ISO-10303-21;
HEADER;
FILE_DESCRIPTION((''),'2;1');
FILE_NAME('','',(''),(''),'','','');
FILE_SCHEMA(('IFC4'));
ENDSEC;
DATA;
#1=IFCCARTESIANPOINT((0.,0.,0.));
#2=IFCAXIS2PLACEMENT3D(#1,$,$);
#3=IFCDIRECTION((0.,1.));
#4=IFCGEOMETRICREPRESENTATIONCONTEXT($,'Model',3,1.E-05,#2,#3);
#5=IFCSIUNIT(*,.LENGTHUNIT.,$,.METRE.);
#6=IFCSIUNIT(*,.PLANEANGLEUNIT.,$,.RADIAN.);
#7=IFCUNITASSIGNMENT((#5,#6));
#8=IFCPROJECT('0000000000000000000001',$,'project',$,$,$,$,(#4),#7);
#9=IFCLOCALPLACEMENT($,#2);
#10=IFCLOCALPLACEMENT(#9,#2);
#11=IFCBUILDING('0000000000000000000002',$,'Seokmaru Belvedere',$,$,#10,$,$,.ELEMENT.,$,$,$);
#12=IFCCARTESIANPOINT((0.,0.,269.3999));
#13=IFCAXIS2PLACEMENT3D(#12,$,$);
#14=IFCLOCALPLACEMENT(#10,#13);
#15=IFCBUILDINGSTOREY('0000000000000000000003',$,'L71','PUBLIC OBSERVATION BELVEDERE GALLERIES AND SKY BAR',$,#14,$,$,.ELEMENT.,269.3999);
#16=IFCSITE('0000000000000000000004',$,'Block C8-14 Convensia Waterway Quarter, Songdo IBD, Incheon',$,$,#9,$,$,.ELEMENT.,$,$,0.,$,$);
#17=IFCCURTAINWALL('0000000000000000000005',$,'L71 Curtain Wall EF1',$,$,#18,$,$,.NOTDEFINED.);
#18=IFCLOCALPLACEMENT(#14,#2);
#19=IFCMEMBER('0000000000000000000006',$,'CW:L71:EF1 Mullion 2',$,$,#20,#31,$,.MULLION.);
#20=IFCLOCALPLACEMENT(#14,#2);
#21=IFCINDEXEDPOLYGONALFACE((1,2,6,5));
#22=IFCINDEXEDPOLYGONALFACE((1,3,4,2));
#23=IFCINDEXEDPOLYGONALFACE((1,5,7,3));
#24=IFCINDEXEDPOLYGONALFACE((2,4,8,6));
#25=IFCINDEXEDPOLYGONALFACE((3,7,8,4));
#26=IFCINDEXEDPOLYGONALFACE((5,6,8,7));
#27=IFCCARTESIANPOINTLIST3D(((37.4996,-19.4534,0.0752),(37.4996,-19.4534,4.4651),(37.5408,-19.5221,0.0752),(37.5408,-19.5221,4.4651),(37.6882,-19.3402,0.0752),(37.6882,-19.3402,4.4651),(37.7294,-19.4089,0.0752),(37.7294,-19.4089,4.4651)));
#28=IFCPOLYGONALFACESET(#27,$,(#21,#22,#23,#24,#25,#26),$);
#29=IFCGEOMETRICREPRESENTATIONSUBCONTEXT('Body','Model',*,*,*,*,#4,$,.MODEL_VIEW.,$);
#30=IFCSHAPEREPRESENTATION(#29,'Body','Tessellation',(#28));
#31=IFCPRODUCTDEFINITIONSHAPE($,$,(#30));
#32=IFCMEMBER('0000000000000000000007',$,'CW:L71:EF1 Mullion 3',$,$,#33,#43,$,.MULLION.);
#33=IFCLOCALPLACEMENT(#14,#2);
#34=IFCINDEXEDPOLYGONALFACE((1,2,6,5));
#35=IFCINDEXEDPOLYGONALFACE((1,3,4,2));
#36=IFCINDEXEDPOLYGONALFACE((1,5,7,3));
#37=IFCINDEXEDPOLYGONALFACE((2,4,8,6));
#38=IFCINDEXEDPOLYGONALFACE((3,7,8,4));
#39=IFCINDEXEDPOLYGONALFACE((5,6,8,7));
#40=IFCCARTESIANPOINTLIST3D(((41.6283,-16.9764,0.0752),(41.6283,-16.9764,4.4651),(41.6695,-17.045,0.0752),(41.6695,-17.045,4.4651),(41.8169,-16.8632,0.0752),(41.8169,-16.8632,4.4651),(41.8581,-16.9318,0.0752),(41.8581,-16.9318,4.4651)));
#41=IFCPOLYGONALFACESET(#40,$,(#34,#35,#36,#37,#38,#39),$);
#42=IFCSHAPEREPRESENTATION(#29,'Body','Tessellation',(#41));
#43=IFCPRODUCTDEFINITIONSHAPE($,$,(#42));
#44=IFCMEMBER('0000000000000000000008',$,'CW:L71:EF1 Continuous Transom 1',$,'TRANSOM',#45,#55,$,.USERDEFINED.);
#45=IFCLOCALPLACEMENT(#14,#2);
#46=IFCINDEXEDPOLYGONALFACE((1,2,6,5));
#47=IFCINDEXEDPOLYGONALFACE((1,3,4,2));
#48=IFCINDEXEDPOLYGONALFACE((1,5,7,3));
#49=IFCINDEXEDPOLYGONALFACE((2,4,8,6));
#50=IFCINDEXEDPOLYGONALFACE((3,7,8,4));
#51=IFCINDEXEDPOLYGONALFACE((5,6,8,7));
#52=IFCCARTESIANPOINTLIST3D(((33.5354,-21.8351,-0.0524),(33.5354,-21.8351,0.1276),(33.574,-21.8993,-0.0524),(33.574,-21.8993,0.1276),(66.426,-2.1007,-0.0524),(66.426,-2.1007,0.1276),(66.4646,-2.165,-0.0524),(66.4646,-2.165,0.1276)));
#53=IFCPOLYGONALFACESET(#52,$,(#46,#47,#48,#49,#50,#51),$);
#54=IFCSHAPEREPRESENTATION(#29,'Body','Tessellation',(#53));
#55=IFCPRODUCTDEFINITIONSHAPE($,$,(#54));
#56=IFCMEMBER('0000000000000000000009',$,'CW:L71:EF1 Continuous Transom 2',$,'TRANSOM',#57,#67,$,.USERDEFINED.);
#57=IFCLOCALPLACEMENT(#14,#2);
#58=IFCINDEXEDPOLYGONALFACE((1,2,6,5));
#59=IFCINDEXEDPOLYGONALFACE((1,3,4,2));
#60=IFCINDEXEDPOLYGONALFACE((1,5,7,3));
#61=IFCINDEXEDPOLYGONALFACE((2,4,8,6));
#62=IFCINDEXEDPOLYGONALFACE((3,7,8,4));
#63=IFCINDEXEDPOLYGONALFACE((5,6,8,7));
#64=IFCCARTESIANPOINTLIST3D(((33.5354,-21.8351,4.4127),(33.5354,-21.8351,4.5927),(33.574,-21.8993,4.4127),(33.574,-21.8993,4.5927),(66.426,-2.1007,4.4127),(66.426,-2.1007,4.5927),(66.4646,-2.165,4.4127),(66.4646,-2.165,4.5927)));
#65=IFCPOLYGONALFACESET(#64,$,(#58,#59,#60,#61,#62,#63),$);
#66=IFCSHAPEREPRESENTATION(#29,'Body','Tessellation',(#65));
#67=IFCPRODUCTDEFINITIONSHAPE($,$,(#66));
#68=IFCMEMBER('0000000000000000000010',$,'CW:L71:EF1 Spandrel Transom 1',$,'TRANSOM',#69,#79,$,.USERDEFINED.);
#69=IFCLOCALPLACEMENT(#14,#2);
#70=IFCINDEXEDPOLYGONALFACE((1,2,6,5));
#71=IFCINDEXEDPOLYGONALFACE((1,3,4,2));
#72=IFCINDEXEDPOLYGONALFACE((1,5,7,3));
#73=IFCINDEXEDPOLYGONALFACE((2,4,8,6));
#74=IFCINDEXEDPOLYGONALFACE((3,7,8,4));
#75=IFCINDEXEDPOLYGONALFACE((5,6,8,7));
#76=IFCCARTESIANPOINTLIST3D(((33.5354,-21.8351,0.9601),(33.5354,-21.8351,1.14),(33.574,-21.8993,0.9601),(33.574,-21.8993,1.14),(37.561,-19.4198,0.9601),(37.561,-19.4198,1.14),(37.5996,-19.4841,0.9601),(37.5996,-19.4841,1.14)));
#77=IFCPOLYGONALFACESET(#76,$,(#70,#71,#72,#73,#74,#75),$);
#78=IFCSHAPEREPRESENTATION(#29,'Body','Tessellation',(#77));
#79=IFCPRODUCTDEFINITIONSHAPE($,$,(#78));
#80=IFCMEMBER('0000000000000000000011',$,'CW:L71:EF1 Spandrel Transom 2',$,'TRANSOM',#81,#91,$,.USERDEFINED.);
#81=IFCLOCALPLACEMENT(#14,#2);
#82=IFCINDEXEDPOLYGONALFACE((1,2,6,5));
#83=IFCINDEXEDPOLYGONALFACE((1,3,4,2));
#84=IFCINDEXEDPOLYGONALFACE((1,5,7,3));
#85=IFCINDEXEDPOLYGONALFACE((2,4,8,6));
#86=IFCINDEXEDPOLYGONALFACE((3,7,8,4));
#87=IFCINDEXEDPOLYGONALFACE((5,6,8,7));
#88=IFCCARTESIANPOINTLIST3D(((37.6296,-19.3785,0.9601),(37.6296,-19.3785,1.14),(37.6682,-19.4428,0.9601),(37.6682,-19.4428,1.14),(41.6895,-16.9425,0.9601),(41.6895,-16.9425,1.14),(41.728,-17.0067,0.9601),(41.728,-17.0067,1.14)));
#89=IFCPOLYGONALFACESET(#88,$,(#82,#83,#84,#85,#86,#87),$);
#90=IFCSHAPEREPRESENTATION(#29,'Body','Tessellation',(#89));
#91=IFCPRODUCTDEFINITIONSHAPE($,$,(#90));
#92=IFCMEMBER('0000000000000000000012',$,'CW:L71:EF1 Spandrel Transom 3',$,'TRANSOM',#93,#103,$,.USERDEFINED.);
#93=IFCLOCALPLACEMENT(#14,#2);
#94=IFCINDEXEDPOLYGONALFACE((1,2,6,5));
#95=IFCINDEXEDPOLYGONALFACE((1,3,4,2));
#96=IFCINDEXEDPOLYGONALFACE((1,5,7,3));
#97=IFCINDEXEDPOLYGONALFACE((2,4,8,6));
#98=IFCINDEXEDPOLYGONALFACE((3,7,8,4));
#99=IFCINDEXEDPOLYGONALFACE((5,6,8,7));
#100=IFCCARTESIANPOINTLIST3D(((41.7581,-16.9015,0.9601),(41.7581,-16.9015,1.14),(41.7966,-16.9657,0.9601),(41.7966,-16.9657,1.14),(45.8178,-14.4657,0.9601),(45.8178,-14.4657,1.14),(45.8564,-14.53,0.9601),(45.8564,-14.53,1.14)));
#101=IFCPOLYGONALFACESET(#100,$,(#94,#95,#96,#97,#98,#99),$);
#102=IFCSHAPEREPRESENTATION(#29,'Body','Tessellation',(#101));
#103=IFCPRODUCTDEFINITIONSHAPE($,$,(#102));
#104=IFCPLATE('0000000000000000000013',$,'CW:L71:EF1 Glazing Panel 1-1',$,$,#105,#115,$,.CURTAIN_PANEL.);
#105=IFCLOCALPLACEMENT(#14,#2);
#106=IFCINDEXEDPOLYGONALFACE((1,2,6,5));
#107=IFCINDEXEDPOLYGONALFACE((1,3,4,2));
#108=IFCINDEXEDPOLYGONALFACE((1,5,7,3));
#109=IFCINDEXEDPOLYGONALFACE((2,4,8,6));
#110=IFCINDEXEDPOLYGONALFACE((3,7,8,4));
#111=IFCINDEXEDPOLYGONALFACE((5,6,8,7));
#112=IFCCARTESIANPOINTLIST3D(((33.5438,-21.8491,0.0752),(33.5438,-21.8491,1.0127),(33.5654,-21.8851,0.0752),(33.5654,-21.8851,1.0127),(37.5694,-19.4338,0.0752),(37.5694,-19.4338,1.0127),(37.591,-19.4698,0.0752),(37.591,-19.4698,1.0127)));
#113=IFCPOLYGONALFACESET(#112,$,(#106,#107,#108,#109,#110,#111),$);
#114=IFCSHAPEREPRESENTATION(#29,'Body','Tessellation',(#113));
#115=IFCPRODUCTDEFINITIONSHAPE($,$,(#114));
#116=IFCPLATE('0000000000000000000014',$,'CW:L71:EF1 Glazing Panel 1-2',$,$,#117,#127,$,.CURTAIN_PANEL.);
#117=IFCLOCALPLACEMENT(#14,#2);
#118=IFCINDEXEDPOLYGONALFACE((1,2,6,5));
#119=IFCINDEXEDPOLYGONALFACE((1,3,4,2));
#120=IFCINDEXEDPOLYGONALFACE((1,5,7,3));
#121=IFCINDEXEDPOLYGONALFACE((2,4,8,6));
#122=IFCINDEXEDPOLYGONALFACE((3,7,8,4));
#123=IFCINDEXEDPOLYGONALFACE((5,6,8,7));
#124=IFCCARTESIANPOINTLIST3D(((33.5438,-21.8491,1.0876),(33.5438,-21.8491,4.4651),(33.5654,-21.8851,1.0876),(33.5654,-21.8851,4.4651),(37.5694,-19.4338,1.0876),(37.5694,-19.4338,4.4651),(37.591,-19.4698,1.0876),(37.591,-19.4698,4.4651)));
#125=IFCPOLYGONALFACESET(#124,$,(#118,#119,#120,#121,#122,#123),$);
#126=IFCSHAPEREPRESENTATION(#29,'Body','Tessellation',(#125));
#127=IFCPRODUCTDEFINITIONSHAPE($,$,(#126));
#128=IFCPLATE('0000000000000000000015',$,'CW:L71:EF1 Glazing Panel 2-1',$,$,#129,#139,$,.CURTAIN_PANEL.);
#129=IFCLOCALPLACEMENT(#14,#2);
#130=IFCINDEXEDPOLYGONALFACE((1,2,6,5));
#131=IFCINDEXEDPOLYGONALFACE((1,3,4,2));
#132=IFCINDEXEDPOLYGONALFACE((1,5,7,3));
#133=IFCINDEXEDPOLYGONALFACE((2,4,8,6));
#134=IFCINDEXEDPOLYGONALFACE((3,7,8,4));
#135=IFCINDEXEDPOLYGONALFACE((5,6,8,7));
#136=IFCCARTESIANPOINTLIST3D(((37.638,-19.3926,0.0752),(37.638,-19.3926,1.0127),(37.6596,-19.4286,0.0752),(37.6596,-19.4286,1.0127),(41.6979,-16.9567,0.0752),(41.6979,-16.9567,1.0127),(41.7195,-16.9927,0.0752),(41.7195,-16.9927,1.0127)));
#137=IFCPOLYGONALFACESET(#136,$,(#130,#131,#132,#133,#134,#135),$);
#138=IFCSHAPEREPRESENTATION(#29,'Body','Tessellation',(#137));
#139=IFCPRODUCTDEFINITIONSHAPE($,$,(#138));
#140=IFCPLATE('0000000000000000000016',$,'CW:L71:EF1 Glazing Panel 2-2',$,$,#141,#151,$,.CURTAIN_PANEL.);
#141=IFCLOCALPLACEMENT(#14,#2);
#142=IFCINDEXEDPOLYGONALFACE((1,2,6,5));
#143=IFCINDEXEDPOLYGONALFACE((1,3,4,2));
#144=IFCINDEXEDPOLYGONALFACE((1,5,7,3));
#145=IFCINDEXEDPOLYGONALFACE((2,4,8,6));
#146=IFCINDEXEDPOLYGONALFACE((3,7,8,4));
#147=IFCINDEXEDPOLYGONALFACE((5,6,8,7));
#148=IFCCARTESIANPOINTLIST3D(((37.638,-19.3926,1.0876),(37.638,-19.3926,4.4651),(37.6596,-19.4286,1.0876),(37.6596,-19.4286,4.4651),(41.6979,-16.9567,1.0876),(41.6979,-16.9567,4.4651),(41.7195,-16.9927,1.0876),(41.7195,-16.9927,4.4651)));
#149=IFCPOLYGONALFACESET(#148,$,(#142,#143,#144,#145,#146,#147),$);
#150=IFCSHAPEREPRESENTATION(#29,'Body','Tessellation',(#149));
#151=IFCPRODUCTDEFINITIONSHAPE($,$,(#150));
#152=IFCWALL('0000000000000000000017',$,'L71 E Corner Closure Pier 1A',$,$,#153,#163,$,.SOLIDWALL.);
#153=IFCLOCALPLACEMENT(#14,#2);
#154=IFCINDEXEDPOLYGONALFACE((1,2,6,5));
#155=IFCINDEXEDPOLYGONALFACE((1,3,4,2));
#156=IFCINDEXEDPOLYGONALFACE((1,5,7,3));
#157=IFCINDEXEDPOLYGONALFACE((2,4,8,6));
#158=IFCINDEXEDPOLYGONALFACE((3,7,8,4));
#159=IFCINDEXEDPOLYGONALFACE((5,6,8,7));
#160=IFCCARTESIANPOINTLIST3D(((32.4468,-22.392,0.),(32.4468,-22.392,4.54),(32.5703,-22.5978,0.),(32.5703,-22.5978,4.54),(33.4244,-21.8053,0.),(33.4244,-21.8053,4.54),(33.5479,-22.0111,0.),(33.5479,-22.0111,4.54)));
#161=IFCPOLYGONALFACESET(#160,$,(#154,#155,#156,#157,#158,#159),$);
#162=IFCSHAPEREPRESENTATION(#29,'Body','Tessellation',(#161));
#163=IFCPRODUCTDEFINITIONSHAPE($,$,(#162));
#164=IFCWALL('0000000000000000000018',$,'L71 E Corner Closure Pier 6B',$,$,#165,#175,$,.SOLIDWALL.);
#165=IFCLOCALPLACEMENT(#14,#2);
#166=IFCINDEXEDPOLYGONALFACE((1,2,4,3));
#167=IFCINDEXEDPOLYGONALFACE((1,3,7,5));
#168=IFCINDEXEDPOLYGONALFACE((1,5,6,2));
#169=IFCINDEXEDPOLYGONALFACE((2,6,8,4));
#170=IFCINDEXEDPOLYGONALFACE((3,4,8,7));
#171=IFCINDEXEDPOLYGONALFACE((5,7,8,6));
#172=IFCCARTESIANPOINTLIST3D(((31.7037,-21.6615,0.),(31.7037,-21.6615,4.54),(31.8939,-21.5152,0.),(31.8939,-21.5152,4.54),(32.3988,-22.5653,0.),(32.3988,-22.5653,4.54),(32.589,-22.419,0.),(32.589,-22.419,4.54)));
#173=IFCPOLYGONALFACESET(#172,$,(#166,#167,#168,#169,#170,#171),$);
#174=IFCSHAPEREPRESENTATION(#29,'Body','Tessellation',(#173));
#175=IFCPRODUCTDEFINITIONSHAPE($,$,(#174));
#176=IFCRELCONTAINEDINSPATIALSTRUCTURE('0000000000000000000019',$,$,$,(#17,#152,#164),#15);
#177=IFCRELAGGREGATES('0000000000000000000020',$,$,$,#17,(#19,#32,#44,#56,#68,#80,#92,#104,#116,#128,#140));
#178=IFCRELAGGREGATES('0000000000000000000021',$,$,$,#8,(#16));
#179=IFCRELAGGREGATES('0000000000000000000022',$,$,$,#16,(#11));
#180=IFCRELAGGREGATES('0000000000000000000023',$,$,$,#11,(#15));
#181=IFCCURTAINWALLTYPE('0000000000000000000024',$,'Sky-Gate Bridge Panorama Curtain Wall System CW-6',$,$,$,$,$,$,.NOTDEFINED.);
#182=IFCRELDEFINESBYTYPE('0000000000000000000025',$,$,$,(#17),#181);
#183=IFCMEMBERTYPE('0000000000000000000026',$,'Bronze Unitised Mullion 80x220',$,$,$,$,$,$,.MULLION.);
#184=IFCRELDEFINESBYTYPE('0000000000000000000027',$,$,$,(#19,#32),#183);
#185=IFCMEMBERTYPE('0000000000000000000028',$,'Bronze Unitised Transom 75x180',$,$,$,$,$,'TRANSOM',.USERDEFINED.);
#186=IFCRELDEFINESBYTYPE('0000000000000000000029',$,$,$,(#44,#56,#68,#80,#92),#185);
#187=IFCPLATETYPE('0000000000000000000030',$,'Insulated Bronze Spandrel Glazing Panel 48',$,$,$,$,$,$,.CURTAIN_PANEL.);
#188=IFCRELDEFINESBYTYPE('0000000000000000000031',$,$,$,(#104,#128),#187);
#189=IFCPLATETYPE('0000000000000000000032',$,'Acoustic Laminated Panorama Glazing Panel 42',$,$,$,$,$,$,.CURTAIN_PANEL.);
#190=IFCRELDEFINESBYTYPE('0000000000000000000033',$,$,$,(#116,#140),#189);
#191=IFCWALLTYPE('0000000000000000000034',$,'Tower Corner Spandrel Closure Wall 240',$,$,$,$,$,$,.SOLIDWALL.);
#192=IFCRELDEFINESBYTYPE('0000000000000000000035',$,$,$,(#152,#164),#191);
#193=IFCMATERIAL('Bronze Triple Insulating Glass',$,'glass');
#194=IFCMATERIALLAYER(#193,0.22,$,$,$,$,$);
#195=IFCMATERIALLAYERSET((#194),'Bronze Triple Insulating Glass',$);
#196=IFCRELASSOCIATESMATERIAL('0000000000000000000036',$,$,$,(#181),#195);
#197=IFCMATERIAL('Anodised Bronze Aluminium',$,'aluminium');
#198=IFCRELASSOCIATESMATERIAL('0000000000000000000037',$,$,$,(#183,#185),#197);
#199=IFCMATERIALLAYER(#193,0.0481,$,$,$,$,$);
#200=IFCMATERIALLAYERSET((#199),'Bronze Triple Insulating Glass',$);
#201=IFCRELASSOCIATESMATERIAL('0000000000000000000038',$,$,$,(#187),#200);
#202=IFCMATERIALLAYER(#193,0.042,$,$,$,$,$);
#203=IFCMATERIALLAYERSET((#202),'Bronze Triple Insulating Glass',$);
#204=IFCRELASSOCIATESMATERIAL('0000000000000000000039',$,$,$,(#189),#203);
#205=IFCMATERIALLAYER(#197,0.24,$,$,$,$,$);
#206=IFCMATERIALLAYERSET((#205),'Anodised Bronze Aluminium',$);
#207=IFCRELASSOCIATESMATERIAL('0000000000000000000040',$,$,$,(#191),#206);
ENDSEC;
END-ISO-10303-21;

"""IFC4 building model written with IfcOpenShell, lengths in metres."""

from ifc_helpers import new_model, si_unit, direction, frame, frame_2d, origin, origin_2d, place, context, subcontext, project, spatial, rectangle, extrude, source, transform, mapped, material, layer, layer_set, material_profile, profile_set, type_object, type_shapes, element, aggregate, save


model = new_model("IFC4")

# Units and contexts
model_context = context("Model", 3, precision=1e-05, world=origin(), true_north=direction((0.0, 1.0)))
body_context = subcontext(model_context, "Body", "Model", "MODEL_VIEW")
ifc_project = project(units=[si_unit("LENGTHUNIT", "METRE"), si_unit("PLANEANGLEUNIT", "RADIAN")], contexts=[model_context])

# Site, building, storey
site_placement = place(None, origin())
site = spatial("IfcSite", under=ifc_project, at=site_placement, Name="Block C8-14 Convensia Waterway Quarter, Songdo IBD, Incheon", CompositionType="ELEMENT", RefElevation=0.0)
building_placement = place(site_placement, origin())
building = spatial("IfcBuilding", under=site, at=building_placement, Name="Seokmaru Belvedere", CompositionType="ELEMENT")
storey_placement = place(building_placement, frame((0.0, 0.0, 269.3999)))
storey = spatial("IfcBuildingStorey", under=building, at=storey_placement, Name="L71", Description="PUBLIC OBSERVATION BELVEDERE GALLERIES AND SKY BAR", CompositionType="ELEMENT", Elevation=269.3999)

# Curtain wall
ifc_material_1 = material(Name="Bronze Triple Insulating Glass", Category="glass")
ifc_layer_1 = layer(ifc_material_1, 0.22)
ifc_layer_set_1 = layer_set([ifc_layer_1], Name="Bronze Triple Insulating Glass")
curtain_wall_type = type_object("IfcCurtainWallType", Name="Sky-Gate Bridge Panorama Curtain Wall System CW-6", PredefinedType="NOTDEFINED", material=ifc_layer_set_1)
curtain_wall_1_placement = place(storey_placement, origin())
curtain_wall_1 = element("IfcCurtainWall", 1, at=curtain_wall_1_placement, inside=storey, type_object=curtain_wall_type, Name="L71 Curtain Wall EF1", PredefinedType="NOTDEFINED")
ifc_material_2 = material(Name="Anodised Bronze Aluminium", Category="aluminium")
ifc_material_profile_1 = material_profile(ifc_material_2, rectangle(XDim=0.0801, YDim=0.22, at=origin_2d()), Name="CW-M-80x220")
ifc_profile_set_1 = profile_set([ifc_material_profile_1], Name="Anodised Bronze Aluminium")
member_type_1 = type_object("IfcMemberType", Name="Bronze Unitised Mullion 80x220", PredefinedType="MULLION", material=ifc_profile_set_1)

# Members
shared_shape_1 = source(origin(), body_context, "Body", "SweptSolid", [
    extrude(rectangle(XDim=0.0801, YDim=0.22, at=origin_2d()), origin(), (0.0, 0.0, 1.0), 4.3899),
])
member_1_placement = place(storey_placement, frame((37.6145, -19.4312, 0.0752), z_axis=(0.0, 0.0, 1.0), x_axis=(-0.514495, 0.857493, 0.0)))
member_1 = element("IfcMember", 2, at=member_1_placement, type_object=member_type_1, Name="CW:L71:EF1 Mullion 2", PredefinedType="MULLION", context=body_context, shape_type="MappedRepresentation", body=[
    mapped(shared_shape_1, transform((0.0, 0.0, 0.0), scale=1.0)),
])
member_2_placement = place(storey_placement, frame((41.7432, -16.9541, 0.0752), z_axis=(0.0, 0.0, 1.0), x_axis=(-0.514495, 0.857493, 0.0)))
member_2 = element("IfcMember", 3, at=member_2_placement, type_object=member_type_1, Name="CW:L71:EF1 Mullion 3", PredefinedType="MULLION", context=body_context, shape_type="MappedRepresentation", body=[
    mapped(shared_shape_1, transform((0.0, 0.0, 0.0), scale=1.0)),
])
ifc_material_profile_2 = material_profile(ifc_material_2, rectangle(XDim=0.075, YDim=0.1799, at=origin_2d()), Name="CW-T-75x180")
ifc_profile_set_2 = profile_set([ifc_material_profile_2], Name="Anodised Bronze Aluminium")
member_type_2 = type_object("IfcMemberType", Name="Bronze Unitised Transom 75x180", ElementType="TRANSOM", PredefinedType="USERDEFINED", material=ifc_profile_set_2)
shared_shape_2 = source(origin(), body_context, "Body", "SweptSolid", [
    extrude(rectangle(XDim=0.075, YDim=0.1799, at=origin_2d()), origin(), (0.0, 0.0, 1.0), 38.3567),
])
member_3_placement = place(storey_placement, frame((33.5547, -21.8672, 0.0376), z_axis=(0.857493, 0.514496, 0.0), x_axis=(-0.514496, 0.857493, 0.0)))
member_3 = element("IfcMember", 4, at=member_3_placement, type_object=member_type_2, Name="CW:L71:EF1 Continuous Transom 1", ObjectType="TRANSOM", PredefinedType="USERDEFINED", context=body_context, shape_type="MappedRepresentation", body=[
    mapped(shared_shape_2, transform((0.0, 0.0, 0.0), scale=1.0)),
])
member_4_placement = place(storey_placement, frame((33.5547, -21.8672, 4.5027), z_axis=(0.857493, 0.514496, 0.0), x_axis=(-0.514496, 0.857493, 0.0)))
member_4 = element("IfcMember", 5, at=member_4_placement, type_object=member_type_2, Name="CW:L71:EF1 Continuous Transom 2", ObjectType="TRANSOM", PredefinedType="USERDEFINED", context=body_context, shape_type="MappedRepresentation", body=[
    mapped(shared_shape_2, transform((0.0, 0.0, 0.0), scale=1.0)),
])
shared_shape_3 = source(origin(), body_context, "Body", "SweptSolid", [
    extrude(rectangle(XDim=0.075, YDim=0.1799, at=origin_2d()), origin(), (0.0, 0.0, 1.0), 4.6946),
])
member_5_placement = place(storey_placement, frame((33.5547, -21.8672, 1.05), z_axis=(0.857502, 0.51448, 0.0), x_axis=(-0.51448, 0.857502, 0.0)))
member_5 = element("IfcMember", 6, at=member_5_placement, type_object=member_type_2, Name="CW:L71:EF1 Spandrel Transom 1", ObjectType="TRANSOM", PredefinedType="USERDEFINED", context=body_context, shape_type="MappedRepresentation", body=[
    mapped(shared_shape_3, transform((0.0, 0.0, 0.0), scale=1.0)),
])
shared_shape_4 = source(origin(), body_context, "Body", "SweptSolid", [
    extrude(rectangle(XDim=0.075, YDim=0.1799, at=origin_2d()), origin(), (0.0, 0.0, 1.0), 4.7346),
])
member_6_placement = place(storey_placement, frame((37.6489, -19.4106, 1.05), z_axis=(0.857479, 0.514519, 0.0), x_axis=(-0.514519, 0.857479, 0.0)))
member_6 = element("IfcMember", 7, at=member_6_placement, type_object=member_type_2, Name="CW:L71:EF1 Spandrel Transom 2", ObjectType="TRANSOM", PredefinedType="USERDEFINED", context=body_context, shape_type="MappedRepresentation", body=[
    mapped(shared_shape_4, transform((0.0, 0.0, 0.0), scale=1.0)),
])
shared_shape_5 = source(origin(), body_context, "Body", "SweptSolid", [
    extrude(rectangle(XDim=0.075, YDim=0.1799, at=origin_2d()), origin(), (0.0, 0.0, 1.0), 4.7344),
])
type_shapes(member_type_2, [shared_shape_2, shared_shape_3, shared_shape_4, shared_shape_5])
member_7_placement = place(storey_placement, frame((41.7773, -16.9336, 1.05), z_axis=(0.857502, 0.514481, 0.0), x_axis=(-0.514481, 0.857502, 0.0)))
member_7 = element("IfcMember", 8, at=member_7_placement, type_object=member_type_2, Name="CW:L71:EF1 Spandrel Transom 3", ObjectType="TRANSOM", PredefinedType="USERDEFINED", context=body_context, shape_type="MappedRepresentation", body=[
    mapped(shared_shape_5, transform((0.0, 0.0, 0.0), scale=1.0)),
])

# Plates
ifc_layer_2 = layer(ifc_material_1, 0.0481)
ifc_layer_set_2 = layer_set([ifc_layer_2], Name="Bronze Triple Insulating Glass")
plate_type_1 = type_object("IfcPlateType", Name="Insulated Bronze Spandrel Glazing Panel 48", PredefinedType="CURTAIN_PANEL", material=ifc_layer_set_2)
shared_shape_6 = source(origin(), body_context, "Body", "SweptSolid", [
    extrude(rectangle(XDim=4.6946, YDim=0.042, at=origin_2d()), origin(), (0.0, 0.0, 1.0), 0.9375),
])
plate_1_placement = place(storey_placement, frame((35.5674, -20.6594, 0.0752), z_axis=(0.0, 0.0, 1.0), x_axis=(0.857493, 0.514495, 0.0)))
plate_1 = element("IfcPlate", 9, at=plate_1_placement, type_object=plate_type_1, Name="CW:L71:EF1 Glazing Panel 1-1", PredefinedType="CURTAIN_PANEL", context=body_context, shape_type="MappedRepresentation", body=[
    mapped(shared_shape_6, transform((0.0, 0.0, 0.0), scale=1.0)),
])
ifc_layer_3 = layer(ifc_material_1, 0.042)
ifc_layer_set_3 = layer_set([ifc_layer_3], Name="Bronze Triple Insulating Glass")
plate_type_2 = type_object("IfcPlateType", Name="Acoustic Laminated Panorama Glazing Panel 42", PredefinedType="CURTAIN_PANEL", material=ifc_layer_set_3)
shared_shape_7 = source(origin(), body_context, "Body", "SweptSolid", [
    extrude(rectangle(XDim=4.6946, YDim=0.042, at=origin_2d()), origin(), (0.0, 0.0, 1.0), 3.3774),
])
plate_2_placement = place(storey_placement, frame((35.5674, -20.6594, 1.0876), z_axis=(0.0, 0.0, 1.0), x_axis=(0.857493, 0.514495, 0.0)))
plate_2 = element("IfcPlate", 10, at=plate_2_placement, type_object=plate_type_2, Name="CW:L71:EF1 Glazing Panel 1-2", PredefinedType="CURTAIN_PANEL", context=body_context, shape_type="MappedRepresentation", body=[
    mapped(shared_shape_7, transform((0.0, 0.0, 0.0), scale=1.0)),
])
shared_shape_8 = source(origin(), body_context, "Body", "SweptSolid", [
    extrude(rectangle(XDim=4.7346, YDim=0.042, at=origin_2d()), origin(), (0.0, 0.0, 1.0), 0.9375),
])
type_shapes(plate_type_1, [shared_shape_6, shared_shape_8])
plate_3_placement = place(storey_placement, frame((39.6787, -18.1926, 0.0752), z_axis=(0.0, 0.0, 1.0), x_axis=(0.857493, 0.514495, 0.0)))
plate_3 = element("IfcPlate", 11, at=plate_3_placement, type_object=plate_type_1, Name="CW:L71:EF1 Glazing Panel 2-1", PredefinedType="CURTAIN_PANEL", context=body_context, shape_type="MappedRepresentation", body=[
    mapped(shared_shape_8, transform((0.0, 0.0, 0.0), scale=1.0)),
])
shared_shape_9 = source(origin(), body_context, "Body", "SweptSolid", [
    extrude(rectangle(XDim=4.7346, YDim=0.042, at=origin_2d()), origin(), (0.0, 0.0, 1.0), 3.3774),
])
type_shapes(plate_type_2, [shared_shape_7, shared_shape_9])
plate_4_placement = place(storey_placement, frame((39.6787, -18.1926, 1.0876), z_axis=(0.0, 0.0, 1.0), x_axis=(0.857493, 0.514495, 0.0)))
plate_4 = element("IfcPlate", 12, at=plate_4_placement, type_object=plate_type_2, Name="CW:L71:EF1 Glazing Panel 2-2", PredefinedType="CURTAIN_PANEL", context=body_context, shape_type="MappedRepresentation", body=[
    mapped(shared_shape_9, transform((0.0, 0.0, 0.0), scale=1.0)),
])
aggregate(curtain_wall_1, [member_1, member_2, member_3, member_4, member_5, member_6, member_7, plate_1, plate_2, plate_3, plate_4])

# Walls
ifc_layer_4 = layer(ifc_material_2, 0.24)
ifc_layer_set_4 = layer_set([ifc_layer_4], Name="Anodised Bronze Aluminium")
wall_type = type_object("IfcWallType", Name="Tower Corner Spandrel Closure Wall 240", PredefinedType="SOLIDWALL", material=ifc_layer_set_4)
for number, where, z_axis, x_axis, name in (
    (13, (32.5085, -22.4949, 0.0), (0.0, 0.0, 1.0), (0.857436, 0.51459, 0.0), "L71 E Corner Closure Pier 1A"),
    (14, (31.7988, -21.5884, 0.0), (0.0, 0.0, 1.0), (0.609618, -0.792696, 0.0), "L71 E Corner Closure Pier 6B"),
):
    element("IfcWall", number, at=place(storey_placement, frame(where, z_axis=z_axis, x_axis=x_axis)), inside=storey, type_object=wall_type, Name=name, PredefinedType="SOLIDWALL", context=body_context, shape_type="SweptSolid", body=[
        extrude(rectangle(XDim=1.1401, YDim=0.24, at=frame_2d((0.5701, 0.0))), origin(), (0.0, 0.0, 1.0), 4.54),
    ])

save(model, "model.ifc")
